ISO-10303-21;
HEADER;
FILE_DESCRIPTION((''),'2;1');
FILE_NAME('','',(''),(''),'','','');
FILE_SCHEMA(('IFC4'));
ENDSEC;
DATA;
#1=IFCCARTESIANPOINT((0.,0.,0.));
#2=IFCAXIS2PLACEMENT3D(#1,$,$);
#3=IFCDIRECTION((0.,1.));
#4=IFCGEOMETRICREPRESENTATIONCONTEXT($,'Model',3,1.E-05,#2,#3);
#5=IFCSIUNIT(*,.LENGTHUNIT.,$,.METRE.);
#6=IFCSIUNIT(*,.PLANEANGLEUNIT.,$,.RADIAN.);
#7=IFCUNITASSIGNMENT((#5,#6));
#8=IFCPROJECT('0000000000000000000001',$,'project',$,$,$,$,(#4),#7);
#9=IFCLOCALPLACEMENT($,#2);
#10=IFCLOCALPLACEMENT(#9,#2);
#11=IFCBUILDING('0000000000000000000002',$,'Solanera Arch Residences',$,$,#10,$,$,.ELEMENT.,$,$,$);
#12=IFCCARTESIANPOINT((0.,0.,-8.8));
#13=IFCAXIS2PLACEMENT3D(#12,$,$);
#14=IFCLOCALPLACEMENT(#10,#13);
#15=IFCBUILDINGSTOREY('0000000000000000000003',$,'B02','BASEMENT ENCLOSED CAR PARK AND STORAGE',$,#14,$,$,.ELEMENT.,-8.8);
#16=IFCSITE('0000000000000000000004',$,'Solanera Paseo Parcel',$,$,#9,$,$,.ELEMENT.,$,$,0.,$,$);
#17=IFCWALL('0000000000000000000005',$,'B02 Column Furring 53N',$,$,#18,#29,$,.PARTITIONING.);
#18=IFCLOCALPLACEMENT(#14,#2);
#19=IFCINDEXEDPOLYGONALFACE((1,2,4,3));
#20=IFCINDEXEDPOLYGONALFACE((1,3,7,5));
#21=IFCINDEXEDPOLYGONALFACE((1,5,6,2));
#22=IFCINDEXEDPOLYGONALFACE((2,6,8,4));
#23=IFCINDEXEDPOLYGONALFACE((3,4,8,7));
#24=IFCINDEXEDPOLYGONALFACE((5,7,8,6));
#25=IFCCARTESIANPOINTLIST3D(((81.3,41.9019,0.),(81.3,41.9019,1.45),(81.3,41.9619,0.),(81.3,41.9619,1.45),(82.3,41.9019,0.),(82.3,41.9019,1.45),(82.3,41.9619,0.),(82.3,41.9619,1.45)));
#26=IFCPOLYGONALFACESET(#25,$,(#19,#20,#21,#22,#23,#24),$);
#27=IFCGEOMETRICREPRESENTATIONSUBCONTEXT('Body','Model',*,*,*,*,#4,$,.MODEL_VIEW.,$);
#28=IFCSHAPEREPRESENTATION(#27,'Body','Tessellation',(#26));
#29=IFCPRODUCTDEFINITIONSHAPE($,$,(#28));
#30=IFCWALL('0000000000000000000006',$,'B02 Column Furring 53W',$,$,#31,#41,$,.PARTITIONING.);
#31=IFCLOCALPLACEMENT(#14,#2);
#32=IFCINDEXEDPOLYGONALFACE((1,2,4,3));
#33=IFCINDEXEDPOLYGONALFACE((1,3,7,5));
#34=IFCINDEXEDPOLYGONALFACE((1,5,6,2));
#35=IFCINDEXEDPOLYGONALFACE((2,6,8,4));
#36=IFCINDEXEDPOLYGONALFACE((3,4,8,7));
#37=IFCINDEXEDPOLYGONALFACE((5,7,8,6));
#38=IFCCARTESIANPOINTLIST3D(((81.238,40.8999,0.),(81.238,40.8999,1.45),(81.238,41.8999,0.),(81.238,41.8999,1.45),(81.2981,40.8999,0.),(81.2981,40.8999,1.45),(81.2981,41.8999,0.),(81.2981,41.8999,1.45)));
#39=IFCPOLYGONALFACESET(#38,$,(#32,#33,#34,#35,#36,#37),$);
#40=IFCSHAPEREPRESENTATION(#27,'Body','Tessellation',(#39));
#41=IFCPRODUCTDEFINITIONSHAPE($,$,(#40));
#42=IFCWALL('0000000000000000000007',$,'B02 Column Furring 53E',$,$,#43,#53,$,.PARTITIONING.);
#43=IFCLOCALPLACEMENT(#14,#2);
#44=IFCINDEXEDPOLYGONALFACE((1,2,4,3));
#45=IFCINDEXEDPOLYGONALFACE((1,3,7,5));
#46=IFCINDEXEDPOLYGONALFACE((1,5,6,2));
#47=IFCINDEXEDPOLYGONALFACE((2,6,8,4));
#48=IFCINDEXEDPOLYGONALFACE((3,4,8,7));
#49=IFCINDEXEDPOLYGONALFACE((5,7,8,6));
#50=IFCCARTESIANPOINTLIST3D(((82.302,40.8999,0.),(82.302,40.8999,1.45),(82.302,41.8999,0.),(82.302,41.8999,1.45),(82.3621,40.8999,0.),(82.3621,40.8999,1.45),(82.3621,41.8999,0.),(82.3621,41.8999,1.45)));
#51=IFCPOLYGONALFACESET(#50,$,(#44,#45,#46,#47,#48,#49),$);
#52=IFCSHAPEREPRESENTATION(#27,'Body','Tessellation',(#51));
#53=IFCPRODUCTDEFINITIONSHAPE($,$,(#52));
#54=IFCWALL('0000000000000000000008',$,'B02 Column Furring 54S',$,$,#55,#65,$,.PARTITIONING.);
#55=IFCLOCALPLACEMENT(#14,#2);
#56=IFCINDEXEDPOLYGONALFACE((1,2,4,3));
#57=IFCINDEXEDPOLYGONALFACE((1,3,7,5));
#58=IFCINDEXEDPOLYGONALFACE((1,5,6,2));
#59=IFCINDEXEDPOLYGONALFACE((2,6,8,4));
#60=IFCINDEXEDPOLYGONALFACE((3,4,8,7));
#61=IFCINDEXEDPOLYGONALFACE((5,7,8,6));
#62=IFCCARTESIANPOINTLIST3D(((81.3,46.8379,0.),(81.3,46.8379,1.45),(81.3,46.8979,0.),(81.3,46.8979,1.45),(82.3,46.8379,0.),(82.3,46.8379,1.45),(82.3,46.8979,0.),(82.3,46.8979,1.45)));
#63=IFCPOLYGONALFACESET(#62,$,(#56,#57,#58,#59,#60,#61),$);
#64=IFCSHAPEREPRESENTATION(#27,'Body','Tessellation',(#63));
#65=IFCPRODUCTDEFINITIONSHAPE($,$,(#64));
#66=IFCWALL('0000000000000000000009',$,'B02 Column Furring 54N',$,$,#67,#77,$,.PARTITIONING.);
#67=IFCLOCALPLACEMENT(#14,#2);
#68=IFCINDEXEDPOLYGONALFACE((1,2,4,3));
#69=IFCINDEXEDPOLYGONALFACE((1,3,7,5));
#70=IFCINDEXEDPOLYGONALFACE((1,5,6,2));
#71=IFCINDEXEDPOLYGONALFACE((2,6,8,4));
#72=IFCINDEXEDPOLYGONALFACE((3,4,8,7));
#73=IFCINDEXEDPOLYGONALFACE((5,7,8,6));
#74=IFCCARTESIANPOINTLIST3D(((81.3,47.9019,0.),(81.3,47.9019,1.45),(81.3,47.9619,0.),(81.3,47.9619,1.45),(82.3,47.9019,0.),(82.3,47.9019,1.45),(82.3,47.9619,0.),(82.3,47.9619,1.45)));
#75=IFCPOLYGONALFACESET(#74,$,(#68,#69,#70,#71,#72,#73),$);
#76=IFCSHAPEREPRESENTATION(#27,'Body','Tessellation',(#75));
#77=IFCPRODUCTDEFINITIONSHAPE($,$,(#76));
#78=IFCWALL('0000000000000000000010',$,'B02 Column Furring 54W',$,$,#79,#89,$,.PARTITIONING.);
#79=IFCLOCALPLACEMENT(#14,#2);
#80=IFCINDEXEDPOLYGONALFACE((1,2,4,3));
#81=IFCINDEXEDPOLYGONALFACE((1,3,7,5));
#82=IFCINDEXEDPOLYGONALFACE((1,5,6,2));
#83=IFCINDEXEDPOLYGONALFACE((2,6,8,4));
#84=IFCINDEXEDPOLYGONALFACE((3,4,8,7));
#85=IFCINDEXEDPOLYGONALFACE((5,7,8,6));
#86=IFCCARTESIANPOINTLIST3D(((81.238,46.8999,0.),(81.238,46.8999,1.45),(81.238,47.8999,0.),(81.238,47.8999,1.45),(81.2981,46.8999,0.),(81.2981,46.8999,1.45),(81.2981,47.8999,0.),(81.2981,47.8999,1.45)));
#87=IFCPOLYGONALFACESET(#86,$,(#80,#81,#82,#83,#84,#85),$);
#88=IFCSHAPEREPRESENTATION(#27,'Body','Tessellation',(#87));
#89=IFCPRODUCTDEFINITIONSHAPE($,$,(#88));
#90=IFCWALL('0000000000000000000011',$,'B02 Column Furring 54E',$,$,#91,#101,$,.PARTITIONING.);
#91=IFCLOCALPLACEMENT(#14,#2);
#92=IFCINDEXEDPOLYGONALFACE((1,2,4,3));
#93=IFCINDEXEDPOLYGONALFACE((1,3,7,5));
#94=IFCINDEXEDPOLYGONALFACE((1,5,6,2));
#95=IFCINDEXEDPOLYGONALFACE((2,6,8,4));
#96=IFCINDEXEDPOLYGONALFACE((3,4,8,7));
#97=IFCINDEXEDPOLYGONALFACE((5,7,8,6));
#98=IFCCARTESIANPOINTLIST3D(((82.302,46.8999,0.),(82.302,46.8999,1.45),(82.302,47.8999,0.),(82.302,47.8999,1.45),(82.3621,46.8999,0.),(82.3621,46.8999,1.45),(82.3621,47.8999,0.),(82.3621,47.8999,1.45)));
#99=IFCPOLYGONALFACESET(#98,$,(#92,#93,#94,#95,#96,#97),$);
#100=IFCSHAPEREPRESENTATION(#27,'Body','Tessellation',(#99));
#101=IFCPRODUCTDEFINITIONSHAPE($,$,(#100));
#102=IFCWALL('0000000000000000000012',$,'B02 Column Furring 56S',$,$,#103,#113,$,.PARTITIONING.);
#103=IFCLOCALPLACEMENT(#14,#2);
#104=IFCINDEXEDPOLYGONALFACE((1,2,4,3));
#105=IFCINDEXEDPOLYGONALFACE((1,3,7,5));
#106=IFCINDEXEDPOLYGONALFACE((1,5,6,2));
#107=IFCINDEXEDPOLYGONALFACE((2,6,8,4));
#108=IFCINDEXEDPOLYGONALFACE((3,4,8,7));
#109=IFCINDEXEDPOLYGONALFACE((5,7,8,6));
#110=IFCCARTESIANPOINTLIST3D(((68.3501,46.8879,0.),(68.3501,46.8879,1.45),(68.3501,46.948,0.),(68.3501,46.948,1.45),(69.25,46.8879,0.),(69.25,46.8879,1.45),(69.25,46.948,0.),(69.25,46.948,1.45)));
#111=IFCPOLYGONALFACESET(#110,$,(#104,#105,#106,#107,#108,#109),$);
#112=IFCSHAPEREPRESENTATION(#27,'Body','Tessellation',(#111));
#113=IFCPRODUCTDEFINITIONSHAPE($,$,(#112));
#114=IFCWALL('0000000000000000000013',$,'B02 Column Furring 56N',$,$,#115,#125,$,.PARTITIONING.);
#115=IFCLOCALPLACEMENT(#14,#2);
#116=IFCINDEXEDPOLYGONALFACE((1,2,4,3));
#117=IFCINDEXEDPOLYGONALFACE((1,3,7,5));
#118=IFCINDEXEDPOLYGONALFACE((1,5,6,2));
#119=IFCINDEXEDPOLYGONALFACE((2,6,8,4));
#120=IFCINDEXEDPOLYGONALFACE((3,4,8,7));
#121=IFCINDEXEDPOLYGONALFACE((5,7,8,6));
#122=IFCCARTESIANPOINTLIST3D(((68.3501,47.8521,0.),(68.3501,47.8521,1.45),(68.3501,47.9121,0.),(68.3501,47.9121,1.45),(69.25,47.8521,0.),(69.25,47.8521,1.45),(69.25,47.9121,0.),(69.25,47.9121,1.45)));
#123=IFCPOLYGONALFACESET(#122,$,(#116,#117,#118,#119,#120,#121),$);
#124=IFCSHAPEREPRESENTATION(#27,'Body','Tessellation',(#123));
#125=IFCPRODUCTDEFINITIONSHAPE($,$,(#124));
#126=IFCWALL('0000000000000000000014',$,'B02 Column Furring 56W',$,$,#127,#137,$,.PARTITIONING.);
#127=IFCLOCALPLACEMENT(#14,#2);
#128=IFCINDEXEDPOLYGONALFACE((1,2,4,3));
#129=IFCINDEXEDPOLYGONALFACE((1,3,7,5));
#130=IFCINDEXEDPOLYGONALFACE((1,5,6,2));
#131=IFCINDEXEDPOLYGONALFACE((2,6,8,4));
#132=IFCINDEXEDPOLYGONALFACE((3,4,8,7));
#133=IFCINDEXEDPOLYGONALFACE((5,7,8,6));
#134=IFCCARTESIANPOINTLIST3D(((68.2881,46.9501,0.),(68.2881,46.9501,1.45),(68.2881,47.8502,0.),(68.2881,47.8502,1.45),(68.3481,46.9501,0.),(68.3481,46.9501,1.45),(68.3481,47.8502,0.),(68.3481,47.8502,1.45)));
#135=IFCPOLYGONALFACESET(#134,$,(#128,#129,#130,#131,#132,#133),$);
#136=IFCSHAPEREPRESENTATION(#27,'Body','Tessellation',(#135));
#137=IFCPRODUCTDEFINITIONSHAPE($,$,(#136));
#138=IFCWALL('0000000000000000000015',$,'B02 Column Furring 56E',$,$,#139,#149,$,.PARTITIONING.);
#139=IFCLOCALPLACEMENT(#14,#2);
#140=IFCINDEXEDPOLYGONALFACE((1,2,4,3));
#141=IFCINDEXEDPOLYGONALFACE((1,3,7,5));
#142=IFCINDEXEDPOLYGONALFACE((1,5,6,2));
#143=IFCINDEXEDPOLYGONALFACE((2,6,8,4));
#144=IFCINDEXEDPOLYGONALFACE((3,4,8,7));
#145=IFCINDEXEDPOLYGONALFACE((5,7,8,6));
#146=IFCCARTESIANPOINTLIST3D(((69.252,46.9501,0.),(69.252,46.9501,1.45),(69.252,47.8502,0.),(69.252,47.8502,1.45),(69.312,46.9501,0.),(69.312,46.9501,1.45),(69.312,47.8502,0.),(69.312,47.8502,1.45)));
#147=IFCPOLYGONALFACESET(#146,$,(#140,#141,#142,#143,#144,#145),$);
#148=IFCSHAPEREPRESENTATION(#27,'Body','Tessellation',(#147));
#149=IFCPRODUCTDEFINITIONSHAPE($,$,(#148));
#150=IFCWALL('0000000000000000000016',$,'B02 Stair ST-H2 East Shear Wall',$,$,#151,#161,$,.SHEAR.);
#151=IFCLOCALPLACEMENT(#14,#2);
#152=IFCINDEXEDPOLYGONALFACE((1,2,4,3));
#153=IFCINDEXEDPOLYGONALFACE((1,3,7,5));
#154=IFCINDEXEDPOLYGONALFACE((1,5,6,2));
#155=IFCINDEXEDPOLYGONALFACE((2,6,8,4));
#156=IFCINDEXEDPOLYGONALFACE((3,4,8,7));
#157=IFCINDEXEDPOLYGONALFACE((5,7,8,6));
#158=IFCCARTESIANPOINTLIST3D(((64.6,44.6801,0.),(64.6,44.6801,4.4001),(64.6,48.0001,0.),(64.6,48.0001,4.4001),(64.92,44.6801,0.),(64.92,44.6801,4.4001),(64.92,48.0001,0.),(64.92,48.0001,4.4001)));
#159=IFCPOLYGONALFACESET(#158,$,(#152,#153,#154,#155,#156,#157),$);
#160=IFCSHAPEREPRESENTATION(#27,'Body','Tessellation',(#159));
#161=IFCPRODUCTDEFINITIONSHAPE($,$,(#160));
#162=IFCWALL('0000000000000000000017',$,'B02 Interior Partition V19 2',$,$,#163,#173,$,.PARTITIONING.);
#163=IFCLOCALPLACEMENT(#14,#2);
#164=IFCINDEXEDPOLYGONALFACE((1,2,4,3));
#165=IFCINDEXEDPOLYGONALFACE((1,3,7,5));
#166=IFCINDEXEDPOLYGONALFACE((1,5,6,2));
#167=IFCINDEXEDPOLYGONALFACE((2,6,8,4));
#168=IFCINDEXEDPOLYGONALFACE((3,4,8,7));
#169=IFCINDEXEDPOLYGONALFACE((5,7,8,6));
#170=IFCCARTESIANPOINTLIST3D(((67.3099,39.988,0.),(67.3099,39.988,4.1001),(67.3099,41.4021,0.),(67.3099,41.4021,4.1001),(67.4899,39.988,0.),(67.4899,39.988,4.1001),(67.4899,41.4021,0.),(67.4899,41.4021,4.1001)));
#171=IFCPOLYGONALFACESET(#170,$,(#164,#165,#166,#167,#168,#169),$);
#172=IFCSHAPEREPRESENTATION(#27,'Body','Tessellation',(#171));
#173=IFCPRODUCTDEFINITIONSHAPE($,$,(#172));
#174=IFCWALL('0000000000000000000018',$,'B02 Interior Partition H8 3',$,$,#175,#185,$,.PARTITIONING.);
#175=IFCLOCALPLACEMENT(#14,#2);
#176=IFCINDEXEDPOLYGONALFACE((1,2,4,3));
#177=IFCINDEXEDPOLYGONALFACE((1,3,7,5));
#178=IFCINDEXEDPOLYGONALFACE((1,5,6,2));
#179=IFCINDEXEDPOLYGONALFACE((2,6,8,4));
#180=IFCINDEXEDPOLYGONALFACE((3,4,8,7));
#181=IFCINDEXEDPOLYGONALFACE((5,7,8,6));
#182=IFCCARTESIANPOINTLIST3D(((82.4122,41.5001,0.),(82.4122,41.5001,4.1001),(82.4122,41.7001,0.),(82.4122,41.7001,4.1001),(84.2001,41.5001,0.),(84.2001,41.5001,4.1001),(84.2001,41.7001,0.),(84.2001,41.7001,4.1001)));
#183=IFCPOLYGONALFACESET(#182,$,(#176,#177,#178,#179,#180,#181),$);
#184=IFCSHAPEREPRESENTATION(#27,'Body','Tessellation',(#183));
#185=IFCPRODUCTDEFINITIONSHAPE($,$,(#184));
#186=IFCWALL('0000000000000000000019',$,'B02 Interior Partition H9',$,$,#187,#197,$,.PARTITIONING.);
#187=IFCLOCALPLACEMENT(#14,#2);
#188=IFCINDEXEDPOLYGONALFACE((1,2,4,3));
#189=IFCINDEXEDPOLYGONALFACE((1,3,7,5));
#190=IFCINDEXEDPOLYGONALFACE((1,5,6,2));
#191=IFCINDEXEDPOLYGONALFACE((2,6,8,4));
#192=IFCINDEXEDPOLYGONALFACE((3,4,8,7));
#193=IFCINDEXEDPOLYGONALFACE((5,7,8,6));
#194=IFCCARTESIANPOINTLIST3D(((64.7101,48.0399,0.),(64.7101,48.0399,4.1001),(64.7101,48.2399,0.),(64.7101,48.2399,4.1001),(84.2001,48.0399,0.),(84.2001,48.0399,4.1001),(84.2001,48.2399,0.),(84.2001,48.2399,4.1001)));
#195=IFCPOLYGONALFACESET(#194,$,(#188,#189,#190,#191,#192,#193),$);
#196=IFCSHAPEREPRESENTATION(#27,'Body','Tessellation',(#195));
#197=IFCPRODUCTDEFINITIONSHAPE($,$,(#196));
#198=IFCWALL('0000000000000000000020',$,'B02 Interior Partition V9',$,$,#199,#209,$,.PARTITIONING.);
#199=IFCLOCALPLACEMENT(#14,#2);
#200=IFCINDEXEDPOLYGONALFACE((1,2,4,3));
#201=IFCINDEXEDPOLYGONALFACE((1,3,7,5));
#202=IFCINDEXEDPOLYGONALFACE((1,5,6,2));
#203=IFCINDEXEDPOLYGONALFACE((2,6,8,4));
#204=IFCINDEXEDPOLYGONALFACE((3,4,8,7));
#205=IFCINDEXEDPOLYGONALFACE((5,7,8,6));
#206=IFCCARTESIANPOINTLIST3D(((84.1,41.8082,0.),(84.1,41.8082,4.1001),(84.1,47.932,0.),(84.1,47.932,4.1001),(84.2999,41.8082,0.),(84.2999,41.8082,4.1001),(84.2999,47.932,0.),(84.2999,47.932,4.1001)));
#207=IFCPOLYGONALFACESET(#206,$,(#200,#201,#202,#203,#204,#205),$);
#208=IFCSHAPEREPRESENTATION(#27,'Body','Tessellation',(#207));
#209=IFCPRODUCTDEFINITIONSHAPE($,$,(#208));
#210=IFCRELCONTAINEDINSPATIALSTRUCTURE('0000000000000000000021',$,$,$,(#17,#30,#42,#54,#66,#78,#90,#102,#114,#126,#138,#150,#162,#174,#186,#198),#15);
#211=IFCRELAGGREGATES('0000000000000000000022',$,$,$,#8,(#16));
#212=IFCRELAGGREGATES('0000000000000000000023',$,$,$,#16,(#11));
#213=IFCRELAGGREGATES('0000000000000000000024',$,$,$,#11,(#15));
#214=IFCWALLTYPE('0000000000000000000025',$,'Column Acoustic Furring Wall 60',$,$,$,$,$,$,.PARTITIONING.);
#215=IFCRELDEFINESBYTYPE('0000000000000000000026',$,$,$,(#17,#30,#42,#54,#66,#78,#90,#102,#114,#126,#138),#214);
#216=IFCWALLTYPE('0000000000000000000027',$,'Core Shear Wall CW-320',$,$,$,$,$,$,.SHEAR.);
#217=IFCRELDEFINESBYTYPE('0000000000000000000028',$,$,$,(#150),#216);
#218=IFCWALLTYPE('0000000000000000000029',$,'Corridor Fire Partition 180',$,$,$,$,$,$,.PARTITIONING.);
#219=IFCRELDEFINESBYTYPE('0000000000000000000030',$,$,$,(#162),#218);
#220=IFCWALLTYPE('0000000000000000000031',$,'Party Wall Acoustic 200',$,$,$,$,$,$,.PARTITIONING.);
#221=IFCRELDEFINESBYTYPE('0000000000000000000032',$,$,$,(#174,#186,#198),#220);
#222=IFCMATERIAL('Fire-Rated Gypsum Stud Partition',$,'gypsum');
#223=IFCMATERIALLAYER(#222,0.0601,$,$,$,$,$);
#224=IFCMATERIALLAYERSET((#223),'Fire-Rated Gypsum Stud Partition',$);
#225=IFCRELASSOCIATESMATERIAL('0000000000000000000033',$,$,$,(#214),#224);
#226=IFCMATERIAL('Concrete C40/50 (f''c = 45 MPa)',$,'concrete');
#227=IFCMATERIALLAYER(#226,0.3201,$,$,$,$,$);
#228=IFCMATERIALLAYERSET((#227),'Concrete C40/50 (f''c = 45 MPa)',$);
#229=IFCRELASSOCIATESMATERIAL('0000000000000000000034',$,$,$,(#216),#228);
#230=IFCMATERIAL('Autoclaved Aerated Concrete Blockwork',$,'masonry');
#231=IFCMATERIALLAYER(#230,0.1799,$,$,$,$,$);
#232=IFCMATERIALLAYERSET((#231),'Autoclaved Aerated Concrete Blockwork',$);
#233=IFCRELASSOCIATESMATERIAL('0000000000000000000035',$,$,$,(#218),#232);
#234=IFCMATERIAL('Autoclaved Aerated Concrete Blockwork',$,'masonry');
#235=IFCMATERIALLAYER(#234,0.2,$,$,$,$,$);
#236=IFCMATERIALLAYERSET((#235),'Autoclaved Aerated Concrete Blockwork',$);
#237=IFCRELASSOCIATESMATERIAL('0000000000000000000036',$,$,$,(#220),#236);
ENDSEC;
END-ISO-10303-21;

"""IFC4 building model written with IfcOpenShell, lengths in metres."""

from ifc_helpers import new_model, si_unit, direction, frame, frame_2d, origin, place, context, subcontext, project, spatial, rectangle, extrude, material, layer, layer_set, type_object, element, save


model = new_model("IFC4")

# Units and contexts
model_context = context("Model", 3, precision=1e-05, world=origin(), true_north=direction((0.0, 1.0)))
body_context = subcontext(model_context, "Body", "Model", "MODEL_VIEW")
ifc_project = project(units=[si_unit("LENGTHUNIT", "METRE"), si_unit("PLANEANGLEUNIT", "RADIAN")], contexts=[model_context])

# Site, building, storey
site_placement = place(None, origin())
site = spatial("IfcSite", under=ifc_project, at=site_placement, Name="Solanera Paseo Parcel", CompositionType="ELEMENT", RefElevation=0.0)
building_placement = place(site_placement, origin())
building = spatial("IfcBuilding", under=site, at=building_placement, Name="Solanera Arch Residences", CompositionType="ELEMENT")
storey_placement = place(building_placement, frame((0.0, 0.0, -8.8)))
storey = spatial("IfcBuildingStorey", under=building, at=storey_placement, Name="B02", Description="BASEMENT ENCLOSED CAR PARK AND STORAGE", CompositionType="ELEMENT", Elevation=-8.8)

# Walls
ifc_material_1 = material(Name="Fire-Rated Gypsum Stud Partition", Category="gypsum")
ifc_layer_1 = layer(ifc_material_1, 0.0601)
ifc_layer_set_1 = layer_set([ifc_layer_1], Name="Fire-Rated Gypsum Stud Partition")
wall_type_1 = type_object("IfcWallType", Name="Column Acoustic Furring Wall 60", PredefinedType="PARTITIONING", material=ifc_layer_set_1)
for number, where, z_axis, x_axis, name in (
    (1, (81.3, 41.9319, 0.0), (0.0, 0.0, 1.0), (1.0, 0.0, 0.0), "B02 Column Furring 53N"),
    (2, (81.2681, 40.8999, 0.0), (0.0, 0.0, 1.0), (0.0, 1.0, 0.0), "B02 Column Furring 53W"),
    (3, (82.332, 40.8999, 0.0), (0.0, 0.0, 1.0), (0.0, 1.0, 0.0), "B02 Column Furring 53E"),
    (4, (81.3, 46.8679, 0.0), (0.0, 0.0, 1.0), (1.0, 0.0, 0.0), "B02 Column Furring 54S"),
    (5, (81.3, 47.9319, 0.0), (0.0, 0.0, 1.0), (1.0, 0.0, 0.0), "B02 Column Furring 54N"),
    (6, (81.2681, 46.8999, 0.0), (0.0, 0.0, 1.0), (0.0, 1.0, 0.0), "B02 Column Furring 54W"),
    (7, (82.332, 46.8999, 0.0), (0.0, 0.0, 1.0), (0.0, 1.0, 0.0), "B02 Column Furring 54E"),
):
    element("IfcWall", number, at=place(storey_placement, frame(where, z_axis=z_axis, x_axis=x_axis)), inside=storey, type_object=wall_type_1, Name=name, PredefinedType="PARTITIONING", context=body_context, shape_type="SweptSolid", body=[
        extrude(rectangle(XDim=1.0, YDim=0.0601, at=frame_2d((0.5, 0.0))), origin(), (0.0, 0.0, 1.0), 1.45),
    ])
for number, where, z_axis, x_axis, name in (
    (8, (68.3501, 46.918, 0.0), (0.0, 0.0, 1.0), (1.0, 0.0, 0.0), "B02 Column Furring 56S"),
    (9, (68.3501, 47.8821, 0.0), (0.0, 0.0, 1.0), (1.0, 0.0, 0.0), "B02 Column Furring 56N"),
):
    element("IfcWall", number, at=place(storey_placement, frame(where, z_axis=z_axis, x_axis=x_axis)), inside=storey, type_object=wall_type_1, Name=name, PredefinedType="PARTITIONING", context=body_context, shape_type="SweptSolid", body=[
        extrude(rectangle(XDim=0.8999, YDim=0.0601, at=frame_2d((0.45, 0.0))), origin(), (0.0, 0.0, 1.0), 1.45),
    ])
for number, where, z_axis, x_axis, name in (
    (10, (68.3181, 46.95, 0.0), (0.0, 0.0, 1.0), (0.0, 1.0, 0.0), "B02 Column Furring 56W"),
    (11, (69.282, 46.95, 0.0), (0.0, 0.0, 1.0), (0.0, 1.0, 0.0), "B02 Column Furring 56E"),
):
    element("IfcWall", number, at=place(storey_placement, frame(where, z_axis=z_axis, x_axis=x_axis)), inside=storey, type_object=wall_type_1, Name=name, PredefinedType="PARTITIONING", context=body_context, shape_type="SweptSolid", body=[
        extrude(rectangle(XDim=0.9001, YDim=0.0601, at=frame_2d((0.4502, 0.0))), origin(), (0.0, 0.0, 1.0), 1.45),
    ])
ifc_material_2 = material(Name="Concrete C40/50 (f'c = 45 MPa)", Category="concrete")
ifc_layer_2 = layer(ifc_material_2, 0.3201)
ifc_layer_set_2 = layer_set([ifc_layer_2], Name="Concrete C40/50 (f'c = 45 MPa)")
wall_type_2 = type_object("IfcWallType", Name="Core Shear Wall CW-320", PredefinedType="SHEAR", material=ifc_layer_set_2)
wall_1_placement = place(storey_placement, frame((64.76, 44.6799, 0.0), z_axis=(0.0, 0.0, 1.0), x_axis=(0.0, 1.0, 0.0)))
element("IfcWall", 12, at=wall_1_placement, inside=storey, type_object=wall_type_2, Name="B02 Stair ST-H2 East Shear Wall", PredefinedType="SHEAR", context=body_context, shape_type="SweptSolid", body=[
    extrude(rectangle(XDim=3.3201, YDim=0.3201, at=frame_2d((1.6602, 0.0))), origin(), (0.0, 0.0, 1.0), 4.4001),
])
ifc_material_3 = material(Name="Autoclaved Aerated Concrete Blockwork", Category="masonry")
ifc_layer_3 = layer(ifc_material_3, 0.1799)
ifc_layer_set_3 = layer_set([ifc_layer_3], Name="Autoclaved Aerated Concrete Blockwork")
wall_type_3 = type_object("IfcWallType", Name="Corridor Fire Partition 180", PredefinedType="PARTITIONING", material=ifc_layer_set_3)
wall_2_placement = place(storey_placement, frame((67.3999, 39.988, 0.0), z_axis=(0.0, 0.0, 1.0), x_axis=(0.0, 1.0, 0.0)))
element("IfcWall", 13, at=wall_2_placement, inside=storey, type_object=wall_type_3, Name="B02 Interior Partition V19 2", PredefinedType="PARTITIONING", context=body_context, shape_type="SweptSolid", body=[
    extrude(rectangle(XDim=1.4141, YDim=0.1799, at=frame_2d((0.707, 0.0))), origin(), (0.0, 0.0, 1.0), 4.1001),
])
ifc_material_4 = material(Name="Autoclaved Aerated Concrete Blockwork", Category="masonry")
ifc_layer_4 = layer(ifc_material_4, 0.2)
ifc_layer_set_4 = layer_set([ifc_layer_4], Name="Autoclaved Aerated Concrete Blockwork")
wall_type_4 = type_object("IfcWallType", Name="Party Wall Acoustic 200", PredefinedType="PARTITIONING", material=ifc_layer_set_4)
wall_3_placement = place(storey_placement, frame((82.4121, 41.6001, 0.0), z_axis=(0.0, 0.0, 1.0), x_axis=(1.0, 0.0, 0.0)))
element("IfcWall", 14, at=wall_3_placement, inside=storey, type_object=wall_type_4, Name="B02 Interior Partition H8 3", PredefinedType="PARTITIONING", context=body_context, shape_type="SweptSolid", body=[
    extrude(rectangle(XDim=1.7878, YDim=0.2, at=frame_2d((0.894, 0.0))), origin(), (0.0, 0.0, 1.0), 4.1001),
])
wall_4_placement = place(storey_placement, frame((64.71, 48.1399, 0.0), z_axis=(0.0, 0.0, 1.0), x_axis=(1.0, 0.0, 0.0)))
element("IfcWall", 15, at=wall_4_placement, inside=storey, type_object=wall_type_4, Name="B02 Interior Partition H9", PredefinedType="PARTITIONING", context=body_context, shape_type="SweptSolid", body=[
    extrude(rectangle(XDim=19.49, YDim=0.2, at=frame_2d((9.7451, 0.0))), origin(), (0.0, 0.0, 1.0), 4.1001),
])
wall_5_placement = place(storey_placement, frame((84.2, 41.8081, 0.0), z_axis=(0.0, 0.0, 1.0), x_axis=(0.0, 1.0, 0.0)))
element("IfcWall", 16, at=wall_5_placement, inside=storey, type_object=wall_type_4, Name="B02 Interior Partition V9", PredefinedType="PARTITIONING", context=body_context, shape_type="SweptSolid", body=[
    extrude(rectangle(XDim=6.1238, YDim=0.2, at=frame_2d((3.062, 0.0))), origin(), (0.0, 0.0, 1.0), 4.1001),
])

save(model, "model.ifc")
